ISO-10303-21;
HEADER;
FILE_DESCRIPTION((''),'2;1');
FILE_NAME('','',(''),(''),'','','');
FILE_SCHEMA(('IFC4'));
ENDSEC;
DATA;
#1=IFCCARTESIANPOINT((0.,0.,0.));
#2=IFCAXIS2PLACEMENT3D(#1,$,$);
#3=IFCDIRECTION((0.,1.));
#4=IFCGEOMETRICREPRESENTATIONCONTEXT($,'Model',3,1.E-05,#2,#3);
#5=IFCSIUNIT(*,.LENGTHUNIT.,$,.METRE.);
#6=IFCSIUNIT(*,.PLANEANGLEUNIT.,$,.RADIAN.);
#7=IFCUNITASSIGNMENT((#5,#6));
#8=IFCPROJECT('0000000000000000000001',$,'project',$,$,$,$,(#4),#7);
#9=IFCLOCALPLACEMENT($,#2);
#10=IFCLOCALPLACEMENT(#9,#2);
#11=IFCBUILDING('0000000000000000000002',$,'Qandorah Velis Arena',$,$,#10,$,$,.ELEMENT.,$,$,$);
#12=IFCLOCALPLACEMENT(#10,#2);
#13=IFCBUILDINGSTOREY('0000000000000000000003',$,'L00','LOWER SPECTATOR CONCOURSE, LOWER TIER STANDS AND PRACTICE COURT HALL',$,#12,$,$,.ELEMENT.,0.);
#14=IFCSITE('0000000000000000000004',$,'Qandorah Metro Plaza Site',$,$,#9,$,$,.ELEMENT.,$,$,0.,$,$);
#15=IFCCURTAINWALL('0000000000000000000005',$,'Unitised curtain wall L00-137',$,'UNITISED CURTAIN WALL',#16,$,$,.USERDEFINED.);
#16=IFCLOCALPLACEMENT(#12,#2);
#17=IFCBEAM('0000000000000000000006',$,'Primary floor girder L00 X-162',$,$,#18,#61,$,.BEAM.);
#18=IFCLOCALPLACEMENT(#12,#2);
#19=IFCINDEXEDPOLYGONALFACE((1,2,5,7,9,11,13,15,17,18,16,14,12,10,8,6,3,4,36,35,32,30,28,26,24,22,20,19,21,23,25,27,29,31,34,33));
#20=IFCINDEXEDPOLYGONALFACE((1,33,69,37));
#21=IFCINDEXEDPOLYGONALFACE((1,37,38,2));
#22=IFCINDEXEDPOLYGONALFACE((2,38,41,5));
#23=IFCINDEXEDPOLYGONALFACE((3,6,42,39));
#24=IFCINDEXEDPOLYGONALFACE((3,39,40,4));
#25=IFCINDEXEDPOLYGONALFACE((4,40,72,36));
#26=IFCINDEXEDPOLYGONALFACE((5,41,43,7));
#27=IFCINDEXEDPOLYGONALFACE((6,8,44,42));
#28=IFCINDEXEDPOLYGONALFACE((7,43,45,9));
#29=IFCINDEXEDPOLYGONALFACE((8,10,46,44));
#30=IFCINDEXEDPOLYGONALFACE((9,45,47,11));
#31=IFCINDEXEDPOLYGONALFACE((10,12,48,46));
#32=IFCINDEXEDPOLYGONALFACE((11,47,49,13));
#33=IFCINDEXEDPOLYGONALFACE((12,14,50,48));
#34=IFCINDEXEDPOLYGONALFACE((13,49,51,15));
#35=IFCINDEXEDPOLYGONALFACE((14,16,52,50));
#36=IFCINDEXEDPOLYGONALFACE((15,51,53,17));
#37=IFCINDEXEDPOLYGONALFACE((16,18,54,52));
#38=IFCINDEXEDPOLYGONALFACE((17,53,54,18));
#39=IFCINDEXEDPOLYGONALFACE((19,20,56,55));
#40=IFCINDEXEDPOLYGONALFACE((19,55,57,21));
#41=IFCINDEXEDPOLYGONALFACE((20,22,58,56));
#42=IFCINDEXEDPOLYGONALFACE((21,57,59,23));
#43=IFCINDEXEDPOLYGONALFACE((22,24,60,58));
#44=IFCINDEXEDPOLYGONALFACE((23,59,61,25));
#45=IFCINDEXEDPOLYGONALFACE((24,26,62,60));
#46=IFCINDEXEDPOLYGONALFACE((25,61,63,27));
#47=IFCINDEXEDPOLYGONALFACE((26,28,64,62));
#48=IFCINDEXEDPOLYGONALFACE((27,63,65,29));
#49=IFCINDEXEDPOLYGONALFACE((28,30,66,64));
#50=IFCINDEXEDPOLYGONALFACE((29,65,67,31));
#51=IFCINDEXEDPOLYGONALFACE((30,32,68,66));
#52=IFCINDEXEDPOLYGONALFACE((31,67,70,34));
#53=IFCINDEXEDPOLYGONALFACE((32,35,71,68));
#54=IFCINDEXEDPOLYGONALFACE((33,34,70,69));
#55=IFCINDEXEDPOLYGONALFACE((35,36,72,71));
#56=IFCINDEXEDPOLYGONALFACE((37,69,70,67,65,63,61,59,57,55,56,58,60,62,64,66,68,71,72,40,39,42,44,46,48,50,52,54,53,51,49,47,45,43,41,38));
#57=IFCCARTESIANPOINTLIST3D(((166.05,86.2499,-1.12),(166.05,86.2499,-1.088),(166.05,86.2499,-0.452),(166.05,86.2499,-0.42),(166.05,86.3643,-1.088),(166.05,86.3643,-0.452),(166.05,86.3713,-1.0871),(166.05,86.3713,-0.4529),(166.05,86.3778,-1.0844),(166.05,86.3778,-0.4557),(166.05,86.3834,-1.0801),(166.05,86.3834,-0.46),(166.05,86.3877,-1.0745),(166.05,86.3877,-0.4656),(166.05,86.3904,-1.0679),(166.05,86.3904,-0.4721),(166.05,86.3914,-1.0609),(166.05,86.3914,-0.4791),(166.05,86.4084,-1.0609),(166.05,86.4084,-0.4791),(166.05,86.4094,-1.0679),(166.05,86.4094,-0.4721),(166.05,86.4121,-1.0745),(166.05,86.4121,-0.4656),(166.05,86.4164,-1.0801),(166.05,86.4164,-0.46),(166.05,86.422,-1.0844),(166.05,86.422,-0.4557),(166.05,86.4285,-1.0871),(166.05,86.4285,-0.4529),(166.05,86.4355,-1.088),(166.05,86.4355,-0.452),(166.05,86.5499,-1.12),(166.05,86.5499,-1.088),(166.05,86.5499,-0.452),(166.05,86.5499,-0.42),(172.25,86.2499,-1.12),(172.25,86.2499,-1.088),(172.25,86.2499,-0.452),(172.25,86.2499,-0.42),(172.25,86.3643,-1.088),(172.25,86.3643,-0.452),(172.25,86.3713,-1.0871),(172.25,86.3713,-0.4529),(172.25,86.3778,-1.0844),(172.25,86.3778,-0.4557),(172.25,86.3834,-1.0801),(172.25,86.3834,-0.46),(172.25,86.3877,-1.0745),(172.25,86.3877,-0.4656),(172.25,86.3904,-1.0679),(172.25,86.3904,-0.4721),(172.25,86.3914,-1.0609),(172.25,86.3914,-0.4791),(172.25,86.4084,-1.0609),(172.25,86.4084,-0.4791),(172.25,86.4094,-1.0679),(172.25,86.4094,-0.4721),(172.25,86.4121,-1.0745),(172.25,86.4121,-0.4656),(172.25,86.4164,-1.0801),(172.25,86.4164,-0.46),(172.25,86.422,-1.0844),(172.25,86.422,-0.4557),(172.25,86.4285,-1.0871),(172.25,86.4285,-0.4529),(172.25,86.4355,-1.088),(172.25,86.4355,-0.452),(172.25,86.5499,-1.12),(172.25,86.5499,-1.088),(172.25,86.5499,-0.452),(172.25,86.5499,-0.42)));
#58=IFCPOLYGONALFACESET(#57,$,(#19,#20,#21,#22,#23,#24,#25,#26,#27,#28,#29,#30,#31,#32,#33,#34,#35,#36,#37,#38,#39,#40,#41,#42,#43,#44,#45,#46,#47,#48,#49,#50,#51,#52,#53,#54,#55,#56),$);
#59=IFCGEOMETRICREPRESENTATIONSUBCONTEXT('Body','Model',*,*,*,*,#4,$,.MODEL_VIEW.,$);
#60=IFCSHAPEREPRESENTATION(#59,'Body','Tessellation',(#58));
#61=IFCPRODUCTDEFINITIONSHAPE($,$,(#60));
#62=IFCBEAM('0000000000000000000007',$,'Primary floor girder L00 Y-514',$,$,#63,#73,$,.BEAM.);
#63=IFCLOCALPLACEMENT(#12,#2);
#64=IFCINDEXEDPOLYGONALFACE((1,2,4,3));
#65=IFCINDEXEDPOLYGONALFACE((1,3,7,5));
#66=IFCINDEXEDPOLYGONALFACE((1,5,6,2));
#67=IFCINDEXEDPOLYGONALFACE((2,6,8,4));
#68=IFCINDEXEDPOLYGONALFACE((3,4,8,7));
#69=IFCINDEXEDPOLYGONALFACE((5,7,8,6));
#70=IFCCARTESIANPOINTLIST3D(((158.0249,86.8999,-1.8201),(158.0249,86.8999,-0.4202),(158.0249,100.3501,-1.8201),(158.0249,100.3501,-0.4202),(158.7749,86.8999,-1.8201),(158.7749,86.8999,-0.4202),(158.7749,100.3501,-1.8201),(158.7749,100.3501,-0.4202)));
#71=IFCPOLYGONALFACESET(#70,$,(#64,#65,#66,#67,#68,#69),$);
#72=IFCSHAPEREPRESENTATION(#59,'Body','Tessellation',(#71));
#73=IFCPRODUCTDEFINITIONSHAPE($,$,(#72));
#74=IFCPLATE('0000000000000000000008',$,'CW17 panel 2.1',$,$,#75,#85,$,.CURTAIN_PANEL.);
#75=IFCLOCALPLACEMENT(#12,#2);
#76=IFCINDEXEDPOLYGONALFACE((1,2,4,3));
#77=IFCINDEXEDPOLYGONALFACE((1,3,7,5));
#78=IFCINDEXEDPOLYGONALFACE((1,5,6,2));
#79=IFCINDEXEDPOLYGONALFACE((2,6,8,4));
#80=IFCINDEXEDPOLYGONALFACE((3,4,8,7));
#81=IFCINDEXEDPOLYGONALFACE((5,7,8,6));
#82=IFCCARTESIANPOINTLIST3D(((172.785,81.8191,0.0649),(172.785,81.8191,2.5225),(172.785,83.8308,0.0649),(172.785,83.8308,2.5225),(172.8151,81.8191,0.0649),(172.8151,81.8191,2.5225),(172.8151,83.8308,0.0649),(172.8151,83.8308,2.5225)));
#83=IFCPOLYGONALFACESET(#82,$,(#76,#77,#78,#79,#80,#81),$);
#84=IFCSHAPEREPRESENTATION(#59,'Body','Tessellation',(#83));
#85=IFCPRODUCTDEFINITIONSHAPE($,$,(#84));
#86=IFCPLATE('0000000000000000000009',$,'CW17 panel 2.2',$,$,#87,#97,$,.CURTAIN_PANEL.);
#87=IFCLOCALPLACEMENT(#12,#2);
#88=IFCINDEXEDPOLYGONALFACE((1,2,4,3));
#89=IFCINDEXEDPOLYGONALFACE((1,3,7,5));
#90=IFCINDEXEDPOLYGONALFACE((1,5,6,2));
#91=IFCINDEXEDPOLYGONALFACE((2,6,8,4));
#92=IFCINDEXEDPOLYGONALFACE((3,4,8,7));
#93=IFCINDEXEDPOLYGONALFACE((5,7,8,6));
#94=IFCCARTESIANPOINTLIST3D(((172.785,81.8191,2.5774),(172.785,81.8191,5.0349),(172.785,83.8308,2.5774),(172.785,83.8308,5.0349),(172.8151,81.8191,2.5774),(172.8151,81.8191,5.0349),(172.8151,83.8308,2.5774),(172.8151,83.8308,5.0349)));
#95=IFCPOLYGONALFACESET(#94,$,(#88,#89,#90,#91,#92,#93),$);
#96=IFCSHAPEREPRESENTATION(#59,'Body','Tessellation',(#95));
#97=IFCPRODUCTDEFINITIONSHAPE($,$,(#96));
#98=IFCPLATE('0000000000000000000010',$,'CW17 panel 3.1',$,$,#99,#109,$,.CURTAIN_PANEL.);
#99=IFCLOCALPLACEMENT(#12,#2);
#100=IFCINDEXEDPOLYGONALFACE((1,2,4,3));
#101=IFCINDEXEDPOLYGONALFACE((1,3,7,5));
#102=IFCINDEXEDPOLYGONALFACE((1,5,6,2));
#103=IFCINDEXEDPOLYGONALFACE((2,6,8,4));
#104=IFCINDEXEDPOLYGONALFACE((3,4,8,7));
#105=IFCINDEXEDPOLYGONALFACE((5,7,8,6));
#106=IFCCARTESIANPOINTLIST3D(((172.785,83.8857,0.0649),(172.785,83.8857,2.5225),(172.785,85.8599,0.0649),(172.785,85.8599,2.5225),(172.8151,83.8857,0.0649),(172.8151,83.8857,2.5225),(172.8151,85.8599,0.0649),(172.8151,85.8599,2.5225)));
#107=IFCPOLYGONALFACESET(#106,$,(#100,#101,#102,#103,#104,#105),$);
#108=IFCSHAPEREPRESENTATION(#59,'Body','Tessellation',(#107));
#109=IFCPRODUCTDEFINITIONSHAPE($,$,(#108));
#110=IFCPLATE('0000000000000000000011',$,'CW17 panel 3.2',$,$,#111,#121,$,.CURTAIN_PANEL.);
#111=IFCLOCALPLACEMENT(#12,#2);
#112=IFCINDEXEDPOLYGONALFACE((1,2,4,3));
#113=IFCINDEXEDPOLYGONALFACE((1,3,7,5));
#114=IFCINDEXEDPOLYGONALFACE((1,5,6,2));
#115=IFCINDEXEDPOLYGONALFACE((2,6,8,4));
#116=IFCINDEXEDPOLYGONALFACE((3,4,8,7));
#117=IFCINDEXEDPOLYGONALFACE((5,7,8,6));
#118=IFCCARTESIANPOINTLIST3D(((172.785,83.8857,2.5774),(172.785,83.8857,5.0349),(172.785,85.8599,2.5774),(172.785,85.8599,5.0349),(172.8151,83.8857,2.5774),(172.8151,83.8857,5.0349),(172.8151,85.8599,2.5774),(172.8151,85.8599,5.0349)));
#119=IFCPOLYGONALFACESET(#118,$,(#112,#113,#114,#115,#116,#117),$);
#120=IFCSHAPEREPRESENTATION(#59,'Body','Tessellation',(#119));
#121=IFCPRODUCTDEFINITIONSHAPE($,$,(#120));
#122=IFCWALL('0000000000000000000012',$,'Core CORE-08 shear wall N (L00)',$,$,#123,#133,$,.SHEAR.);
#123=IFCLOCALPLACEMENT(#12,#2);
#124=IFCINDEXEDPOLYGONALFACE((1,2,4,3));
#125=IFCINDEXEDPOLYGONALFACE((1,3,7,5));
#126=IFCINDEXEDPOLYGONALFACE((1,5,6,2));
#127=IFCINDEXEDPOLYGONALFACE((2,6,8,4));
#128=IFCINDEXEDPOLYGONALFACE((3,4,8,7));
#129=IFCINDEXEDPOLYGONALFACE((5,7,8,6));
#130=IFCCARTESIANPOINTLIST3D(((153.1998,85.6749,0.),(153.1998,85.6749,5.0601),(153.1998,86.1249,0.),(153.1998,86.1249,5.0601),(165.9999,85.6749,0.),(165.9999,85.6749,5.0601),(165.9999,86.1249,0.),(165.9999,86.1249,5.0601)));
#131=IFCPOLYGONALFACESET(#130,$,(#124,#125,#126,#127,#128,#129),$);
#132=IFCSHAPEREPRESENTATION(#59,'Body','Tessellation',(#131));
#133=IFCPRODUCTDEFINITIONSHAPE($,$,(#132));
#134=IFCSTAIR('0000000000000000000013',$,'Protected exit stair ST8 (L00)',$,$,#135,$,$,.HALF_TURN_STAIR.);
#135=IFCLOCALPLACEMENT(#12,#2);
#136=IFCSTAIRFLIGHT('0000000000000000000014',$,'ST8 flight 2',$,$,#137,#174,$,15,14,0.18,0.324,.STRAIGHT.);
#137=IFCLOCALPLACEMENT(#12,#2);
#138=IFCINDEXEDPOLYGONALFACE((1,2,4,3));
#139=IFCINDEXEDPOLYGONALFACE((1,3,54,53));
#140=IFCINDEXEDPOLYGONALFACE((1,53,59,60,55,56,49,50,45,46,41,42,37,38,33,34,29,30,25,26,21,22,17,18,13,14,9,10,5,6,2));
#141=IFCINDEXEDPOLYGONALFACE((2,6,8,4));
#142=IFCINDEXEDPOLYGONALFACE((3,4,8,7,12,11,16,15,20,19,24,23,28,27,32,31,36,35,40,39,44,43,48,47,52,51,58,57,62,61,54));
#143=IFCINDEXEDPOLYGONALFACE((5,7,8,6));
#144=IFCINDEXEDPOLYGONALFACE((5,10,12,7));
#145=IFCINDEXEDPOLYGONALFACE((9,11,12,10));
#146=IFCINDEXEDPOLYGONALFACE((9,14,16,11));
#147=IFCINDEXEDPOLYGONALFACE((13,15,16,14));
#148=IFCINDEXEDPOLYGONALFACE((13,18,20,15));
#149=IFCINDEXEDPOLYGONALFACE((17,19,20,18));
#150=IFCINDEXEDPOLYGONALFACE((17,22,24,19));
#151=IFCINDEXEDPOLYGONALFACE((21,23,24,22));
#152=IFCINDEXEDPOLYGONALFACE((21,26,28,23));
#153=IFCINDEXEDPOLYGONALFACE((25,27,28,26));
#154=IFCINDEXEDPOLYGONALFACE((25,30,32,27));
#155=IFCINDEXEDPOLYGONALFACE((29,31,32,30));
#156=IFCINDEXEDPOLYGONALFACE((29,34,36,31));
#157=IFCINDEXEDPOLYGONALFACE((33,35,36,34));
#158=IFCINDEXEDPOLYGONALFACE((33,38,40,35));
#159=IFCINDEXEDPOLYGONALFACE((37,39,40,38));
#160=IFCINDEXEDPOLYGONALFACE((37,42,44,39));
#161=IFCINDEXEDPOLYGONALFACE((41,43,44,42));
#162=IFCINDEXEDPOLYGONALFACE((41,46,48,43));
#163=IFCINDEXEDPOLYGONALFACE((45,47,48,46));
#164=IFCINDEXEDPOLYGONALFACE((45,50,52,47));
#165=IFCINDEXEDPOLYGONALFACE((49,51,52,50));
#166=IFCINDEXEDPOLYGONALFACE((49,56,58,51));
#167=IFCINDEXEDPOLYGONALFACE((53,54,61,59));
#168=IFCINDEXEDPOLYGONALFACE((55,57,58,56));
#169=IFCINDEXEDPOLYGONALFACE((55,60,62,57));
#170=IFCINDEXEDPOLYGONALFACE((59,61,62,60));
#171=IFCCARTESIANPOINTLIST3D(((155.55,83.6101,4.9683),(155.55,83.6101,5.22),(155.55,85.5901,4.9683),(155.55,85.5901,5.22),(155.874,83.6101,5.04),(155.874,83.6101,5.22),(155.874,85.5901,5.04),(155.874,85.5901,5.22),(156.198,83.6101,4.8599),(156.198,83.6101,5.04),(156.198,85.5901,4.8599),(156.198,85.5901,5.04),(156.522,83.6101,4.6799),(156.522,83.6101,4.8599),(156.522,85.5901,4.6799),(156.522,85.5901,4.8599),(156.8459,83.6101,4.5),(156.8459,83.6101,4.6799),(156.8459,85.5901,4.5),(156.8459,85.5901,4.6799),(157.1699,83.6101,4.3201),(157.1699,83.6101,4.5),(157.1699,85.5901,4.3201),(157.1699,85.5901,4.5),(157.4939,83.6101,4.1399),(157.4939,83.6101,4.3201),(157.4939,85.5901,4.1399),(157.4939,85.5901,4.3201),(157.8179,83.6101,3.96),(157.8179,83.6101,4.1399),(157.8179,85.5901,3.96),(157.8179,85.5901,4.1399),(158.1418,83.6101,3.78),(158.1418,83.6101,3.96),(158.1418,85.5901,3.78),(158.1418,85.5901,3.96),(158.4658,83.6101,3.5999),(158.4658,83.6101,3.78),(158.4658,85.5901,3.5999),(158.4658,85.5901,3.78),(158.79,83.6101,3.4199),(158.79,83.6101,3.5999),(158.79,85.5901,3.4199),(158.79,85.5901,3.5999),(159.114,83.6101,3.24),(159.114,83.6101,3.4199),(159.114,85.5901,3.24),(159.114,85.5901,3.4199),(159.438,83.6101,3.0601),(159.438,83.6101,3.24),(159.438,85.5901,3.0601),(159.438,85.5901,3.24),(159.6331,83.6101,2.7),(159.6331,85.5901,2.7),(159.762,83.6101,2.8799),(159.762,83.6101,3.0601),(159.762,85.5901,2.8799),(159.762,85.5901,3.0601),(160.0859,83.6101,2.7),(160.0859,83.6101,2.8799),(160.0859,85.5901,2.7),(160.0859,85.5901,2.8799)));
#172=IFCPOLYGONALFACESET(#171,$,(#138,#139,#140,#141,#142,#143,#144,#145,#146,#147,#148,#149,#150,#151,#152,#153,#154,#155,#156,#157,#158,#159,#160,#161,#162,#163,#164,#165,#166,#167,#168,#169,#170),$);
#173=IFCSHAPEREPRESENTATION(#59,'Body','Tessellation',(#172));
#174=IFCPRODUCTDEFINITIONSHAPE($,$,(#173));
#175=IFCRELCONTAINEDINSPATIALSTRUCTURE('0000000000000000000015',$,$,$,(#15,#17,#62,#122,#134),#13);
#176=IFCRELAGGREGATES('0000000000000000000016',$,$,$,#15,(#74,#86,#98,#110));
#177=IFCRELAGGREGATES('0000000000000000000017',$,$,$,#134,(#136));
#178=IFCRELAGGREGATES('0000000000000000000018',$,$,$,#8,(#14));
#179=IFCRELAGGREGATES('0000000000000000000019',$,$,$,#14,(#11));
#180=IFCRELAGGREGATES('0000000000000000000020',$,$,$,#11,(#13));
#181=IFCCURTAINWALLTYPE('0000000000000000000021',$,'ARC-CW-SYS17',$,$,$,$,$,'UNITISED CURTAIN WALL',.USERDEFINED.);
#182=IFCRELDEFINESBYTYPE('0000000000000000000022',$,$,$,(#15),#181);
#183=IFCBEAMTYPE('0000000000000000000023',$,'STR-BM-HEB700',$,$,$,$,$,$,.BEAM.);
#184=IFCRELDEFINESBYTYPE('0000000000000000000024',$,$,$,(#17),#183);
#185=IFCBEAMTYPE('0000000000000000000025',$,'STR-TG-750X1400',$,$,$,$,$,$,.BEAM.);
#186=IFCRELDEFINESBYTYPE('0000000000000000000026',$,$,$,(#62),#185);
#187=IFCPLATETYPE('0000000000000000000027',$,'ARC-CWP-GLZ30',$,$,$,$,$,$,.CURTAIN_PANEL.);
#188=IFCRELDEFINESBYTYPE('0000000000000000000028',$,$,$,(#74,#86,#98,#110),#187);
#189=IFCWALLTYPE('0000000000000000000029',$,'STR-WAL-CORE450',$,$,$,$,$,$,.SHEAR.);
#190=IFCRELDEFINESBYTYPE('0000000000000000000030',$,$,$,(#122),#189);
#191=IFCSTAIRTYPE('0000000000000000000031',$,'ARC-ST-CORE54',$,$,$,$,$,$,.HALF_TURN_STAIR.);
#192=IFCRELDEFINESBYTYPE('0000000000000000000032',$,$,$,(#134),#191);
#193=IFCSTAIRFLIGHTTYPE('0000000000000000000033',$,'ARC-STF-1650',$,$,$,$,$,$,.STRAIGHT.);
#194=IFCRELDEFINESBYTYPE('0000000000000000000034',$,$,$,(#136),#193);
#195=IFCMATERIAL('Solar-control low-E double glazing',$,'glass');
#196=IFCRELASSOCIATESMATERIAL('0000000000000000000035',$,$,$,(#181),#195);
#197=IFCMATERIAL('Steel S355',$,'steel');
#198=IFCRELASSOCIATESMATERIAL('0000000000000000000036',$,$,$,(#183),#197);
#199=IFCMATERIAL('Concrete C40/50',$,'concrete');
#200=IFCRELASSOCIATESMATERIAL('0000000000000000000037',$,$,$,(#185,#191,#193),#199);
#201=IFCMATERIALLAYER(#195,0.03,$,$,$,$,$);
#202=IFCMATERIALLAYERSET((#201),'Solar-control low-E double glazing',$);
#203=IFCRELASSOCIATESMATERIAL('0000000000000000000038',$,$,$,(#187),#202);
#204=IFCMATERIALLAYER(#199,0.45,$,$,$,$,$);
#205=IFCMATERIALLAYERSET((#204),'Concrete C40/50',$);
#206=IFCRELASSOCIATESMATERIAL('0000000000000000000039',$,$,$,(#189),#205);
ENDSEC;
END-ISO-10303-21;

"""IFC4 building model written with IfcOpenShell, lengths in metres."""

from ifc_helpers import new_model, si_unit, direction, frame, frame_2d, origin, origin_2d, place, context, subcontext, project, spatial, polyline, rectangle, i_section, outline, extrude, material, layer, layer_set, material_profile, profile_set, type_object, element, aggregate, save


model = new_model("IFC4")

# Units and contexts
model_context = context("Model", 3, precision=1e-05, world=origin(), true_north=direction((0.0, 1.0)))
body_context = subcontext(model_context, "Body", "Model", "MODEL_VIEW")
ifc_project = project(units=[si_unit("LENGTHUNIT", "METRE"), si_unit("PLANEANGLEUNIT", "RADIAN")], contexts=[model_context])

# Site, building, storey
site_placement = place(None, origin())
site = spatial("IfcSite", under=ifc_project, at=site_placement, Name="Qandorah Metro Plaza Site", CompositionType="ELEMENT", RefElevation=0.0)
building_placement = place(site_placement, origin())
building = spatial("IfcBuilding", under=site, at=building_placement, Name="Qandorah Velis Arena", CompositionType="ELEMENT")
storey_placement = place(building_placement, origin())
storey = spatial("IfcBuildingStorey", under=building, at=storey_placement, Name="L00", Description="LOWER SPECTATOR CONCOURSE, LOWER TIER STANDS AND PRACTICE COURT HALL", CompositionType="ELEMENT", Elevation=0.0)

# Shared definitions
ifc_material_1 = material(Name="Concrete C40/50", Category="concrete")

# Curtain wall
ifc_material_2 = material(Name="Solar-control low-E double glazing", Category="glass")
curtain_wall_type = type_object("IfcCurtainWallType", Name="ARC-CW-SYS17", ElementType="UNITISED CURTAIN WALL", PredefinedType="USERDEFINED", material=ifc_material_2)
curtain_wall_placement = place(storey_placement, origin())
curtain_wall = element("IfcCurtainWall", 1, at=curtain_wall_placement, inside=storey, type_object=curtain_wall_type, Name="Unitised curtain wall L00-137", ObjectType="UNITISED CURTAIN WALL", PredefinedType="USERDEFINED")

# Beams
ifc_material_3 = material(Name="Steel S355", Category="steel")
ifc_material_profile_1 = material_profile(ifc_material_3, i_section(OverallWidth=0.3, OverallDepth=0.7, WebThickness=0.0171, FlangeThickness=0.032, FilletRadius=0.0271, at=origin_2d()), Name="HEB 700")
ifc_profile_set_1 = profile_set([ifc_material_profile_1], Name="Steel S355")
beam_type_1 = type_object("IfcBeamType", Name="STR-BM-HEB700", PredefinedType="BEAM", material=ifc_profile_set_1)
beam_1_placement = place(storey_placement, frame((166.05, 86.3999, -0.77), z_axis=(1.0, 0.0, 0.0), x_axis=(0.0, 1.0, 0.0)))
element("IfcBeam", 2, at=beam_1_placement, inside=storey, type_object=beam_type_1, Name="Primary floor girder L00 X-162", PredefinedType="BEAM", context=body_context, shape_type="SweptSolid", body=[
    extrude(i_section(OverallWidth=0.3, OverallDepth=0.7, WebThickness=0.0171, FlangeThickness=0.032, FilletRadius=0.0271, at=origin_2d()), origin(), (0.0, 0.0, 1.0), 6.2),
])
ifc_material_profile_2 = material_profile(ifc_material_1, rectangle(XDim=0.75, YDim=1.3999, at=origin_2d()), Name="RC TG 750x1400")
ifc_profile_set_2 = profile_set([ifc_material_profile_2], Name="Concrete C40/50")
beam_type_2 = type_object("IfcBeamType", Name="STR-TG-750X1400", PredefinedType="BEAM", material=ifc_profile_set_2)
beam_2_placement = place(storey_placement, frame((158.3999, 86.8999, -1.1201), z_axis=(0.0, 1.0, 0.0), x_axis=(-1.0, 0.0, 0.0)))
element("IfcBeam", 3, at=beam_2_placement, inside=storey, type_object=beam_type_2, Name="Primary floor girder L00 Y-514", PredefinedType="BEAM", context=body_context, shape_type="SweptSolid", body=[
    extrude(rectangle(XDim=0.75, YDim=1.3999, at=origin_2d()), origin(), (0.0, 0.0, 1.0), 13.4502),
])

# Plates
ifc_layer_1 = layer(ifc_material_2, 0.03)
ifc_layer_set_1 = layer_set([ifc_layer_1], Name="Solar-control low-E double glazing")
plate_type = type_object("IfcPlateType", Name="ARC-CWP-GLZ30", PredefinedType="CURTAIN_PANEL", material=ifc_layer_set_1)
plate_1_placement = place(storey_placement, frame((172.8, 82.825, 0.0649), z_axis=(0.0, 0.0, 1.0), x_axis=(0.0, 1.0, 0.0)))
plate_1 = element("IfcPlate", 4, at=plate_1_placement, type_object=plate_type, Name="CW17 panel 2.1", PredefinedType="CURTAIN_PANEL", context=body_context, shape_type="SweptSolid", body=[
    extrude(rectangle(XDim=2.0117, YDim=0.03, at=origin_2d()), origin(), (0.0, 0.0, 1.0), 2.4575),
])
plate_2_placement = place(storey_placement, frame((172.8, 82.825, 2.5774), z_axis=(0.0, 0.0, 1.0), x_axis=(0.0, 1.0, 0.0)))
plate_2 = element("IfcPlate", 5, at=plate_2_placement, type_object=plate_type, Name="CW17 panel 2.2", PredefinedType="CURTAIN_PANEL", context=body_context, shape_type="SweptSolid", body=[
    extrude(rectangle(XDim=2.0117, YDim=0.03, at=origin_2d()), origin(), (0.0, 0.0, 1.0), 2.4575),
])
plate_3_placement = place(storey_placement, frame((172.8, 84.8728, 0.0649), z_axis=(0.0, 0.0, 1.0), x_axis=(0.0, 1.0, 0.0)))
plate_3 = element("IfcPlate", 6, at=plate_3_placement, type_object=plate_type, Name="CW17 panel 3.1", PredefinedType="CURTAIN_PANEL", context=body_context, shape_type="SweptSolid", body=[
    extrude(rectangle(XDim=1.9741, YDim=0.03, at=origin_2d()), origin(), (0.0, 0.0, 1.0), 2.4575),
])
plate_4_placement = place(storey_placement, frame((172.8, 84.8728, 2.5774), z_axis=(0.0, 0.0, 1.0), x_axis=(0.0, 1.0, 0.0)))
plate_4 = element("IfcPlate", 7, at=plate_4_placement, type_object=plate_type, Name="CW17 panel 3.2", PredefinedType="CURTAIN_PANEL", context=body_context, shape_type="SweptSolid", body=[
    extrude(rectangle(XDim=1.9741, YDim=0.03, at=origin_2d()), origin(), (0.0, 0.0, 1.0), 2.4575),
])
aggregate(curtain_wall, [plate_1, plate_2, plate_3, plate_4])

# Wall
ifc_layer_2 = layer(ifc_material_1, 0.45)
ifc_layer_set_2 = layer_set([ifc_layer_2], Name="Concrete C40/50")
wall_type = type_object("IfcWallType", Name="STR-WAL-CORE450", PredefinedType="SHEAR", material=ifc_layer_set_2)
wall_placement = place(storey_placement, frame((153.2, 85.8999, 0.0), z_axis=(0.0, 0.0, 1.0), x_axis=(1.0, 0.0, 0.0)))
element("IfcWall", 8, at=wall_placement, inside=storey, type_object=wall_type, Name="Core CORE-08 shear wall N (L00)", PredefinedType="SHEAR", context=body_context, shape_type="SweptSolid", body=[
    extrude(rectangle(XDim=12.8, YDim=0.45, at=frame_2d((6.3999, 0.0))), origin(), (0.0, 0.0, 1.0), 5.0601),
])

# Stair, stair flight
stair_type = type_object("IfcStairType", Name="ARC-ST-CORE54", PredefinedType="HALF_TURN_STAIR", material=ifc_material_1)
stair_placement = place(storey_placement, origin())
stair = element("IfcStair", 9, at=stair_placement, inside=storey, type_object=stair_type, Name="Protected exit stair ST8 (L00)", PredefinedType="HALF_TURN_STAIR")
stair_flight_type = type_object("IfcStairFlightType", Name="ARC-STF-1650", PredefinedType="STRAIGHT", material=ifc_material_1)
stair_flight_placement = place(storey_placement, frame((160.0859, 84.6001, 2.7), z_axis=(0.0, 0.0, 1.0), x_axis=(-1.0, 0.0, 0.0)))
stair_flight = element("IfcStairFlight", 10, at=stair_flight_placement, type_object=stair_flight_type, Name="ST8 flight 2", NumberOfRisers=15, NumberOfTreads=14, PredefinedType="STRAIGHT", RiserHeight=0.18, TreadLength=0.324, context=body_context, shape_type="SweptSolid", body=[
    extrude(outline(polyline([(0.0, 0.0), (0.0, 0.1799), (0.324, 0.1799), (0.324, 0.3601), (0.6479, 0.3601), (0.6479, 0.54), (0.9719, 0.54), (0.9719, 0.72), (1.2959, 0.72), (1.2959, 0.8999), (1.6201, 0.8999), (1.6201, 1.0801), (1.9441, 1.0801), (1.9441, 1.26), (2.2681, 1.26), (2.2681, 1.4399), (2.592, 1.4399), (2.592, 1.6201), (2.916, 1.6201), (2.916, 1.8), (3.24, 1.8), (3.24, 1.98), (3.564, 1.98), (3.564, 2.1599), (3.8879, 2.1599), (3.8879, 2.3401), (4.2119, 2.3401), (4.2119, 2.52), (4.5359, 2.52), (4.5359, 2.7), (4.5359, 2.2683), (0.4529, 0.0), (0.0, 0.0)])), frame((0.0, 0.99, 0.0), z_axis=(0.0, -1.0, 0.0), x_axis=(1.0, 0.0, 0.0)), (0.0, 0.0, 1.0), 1.98),
])
aggregate(stair, [stair_flight])

save(model, "model.ifc")
